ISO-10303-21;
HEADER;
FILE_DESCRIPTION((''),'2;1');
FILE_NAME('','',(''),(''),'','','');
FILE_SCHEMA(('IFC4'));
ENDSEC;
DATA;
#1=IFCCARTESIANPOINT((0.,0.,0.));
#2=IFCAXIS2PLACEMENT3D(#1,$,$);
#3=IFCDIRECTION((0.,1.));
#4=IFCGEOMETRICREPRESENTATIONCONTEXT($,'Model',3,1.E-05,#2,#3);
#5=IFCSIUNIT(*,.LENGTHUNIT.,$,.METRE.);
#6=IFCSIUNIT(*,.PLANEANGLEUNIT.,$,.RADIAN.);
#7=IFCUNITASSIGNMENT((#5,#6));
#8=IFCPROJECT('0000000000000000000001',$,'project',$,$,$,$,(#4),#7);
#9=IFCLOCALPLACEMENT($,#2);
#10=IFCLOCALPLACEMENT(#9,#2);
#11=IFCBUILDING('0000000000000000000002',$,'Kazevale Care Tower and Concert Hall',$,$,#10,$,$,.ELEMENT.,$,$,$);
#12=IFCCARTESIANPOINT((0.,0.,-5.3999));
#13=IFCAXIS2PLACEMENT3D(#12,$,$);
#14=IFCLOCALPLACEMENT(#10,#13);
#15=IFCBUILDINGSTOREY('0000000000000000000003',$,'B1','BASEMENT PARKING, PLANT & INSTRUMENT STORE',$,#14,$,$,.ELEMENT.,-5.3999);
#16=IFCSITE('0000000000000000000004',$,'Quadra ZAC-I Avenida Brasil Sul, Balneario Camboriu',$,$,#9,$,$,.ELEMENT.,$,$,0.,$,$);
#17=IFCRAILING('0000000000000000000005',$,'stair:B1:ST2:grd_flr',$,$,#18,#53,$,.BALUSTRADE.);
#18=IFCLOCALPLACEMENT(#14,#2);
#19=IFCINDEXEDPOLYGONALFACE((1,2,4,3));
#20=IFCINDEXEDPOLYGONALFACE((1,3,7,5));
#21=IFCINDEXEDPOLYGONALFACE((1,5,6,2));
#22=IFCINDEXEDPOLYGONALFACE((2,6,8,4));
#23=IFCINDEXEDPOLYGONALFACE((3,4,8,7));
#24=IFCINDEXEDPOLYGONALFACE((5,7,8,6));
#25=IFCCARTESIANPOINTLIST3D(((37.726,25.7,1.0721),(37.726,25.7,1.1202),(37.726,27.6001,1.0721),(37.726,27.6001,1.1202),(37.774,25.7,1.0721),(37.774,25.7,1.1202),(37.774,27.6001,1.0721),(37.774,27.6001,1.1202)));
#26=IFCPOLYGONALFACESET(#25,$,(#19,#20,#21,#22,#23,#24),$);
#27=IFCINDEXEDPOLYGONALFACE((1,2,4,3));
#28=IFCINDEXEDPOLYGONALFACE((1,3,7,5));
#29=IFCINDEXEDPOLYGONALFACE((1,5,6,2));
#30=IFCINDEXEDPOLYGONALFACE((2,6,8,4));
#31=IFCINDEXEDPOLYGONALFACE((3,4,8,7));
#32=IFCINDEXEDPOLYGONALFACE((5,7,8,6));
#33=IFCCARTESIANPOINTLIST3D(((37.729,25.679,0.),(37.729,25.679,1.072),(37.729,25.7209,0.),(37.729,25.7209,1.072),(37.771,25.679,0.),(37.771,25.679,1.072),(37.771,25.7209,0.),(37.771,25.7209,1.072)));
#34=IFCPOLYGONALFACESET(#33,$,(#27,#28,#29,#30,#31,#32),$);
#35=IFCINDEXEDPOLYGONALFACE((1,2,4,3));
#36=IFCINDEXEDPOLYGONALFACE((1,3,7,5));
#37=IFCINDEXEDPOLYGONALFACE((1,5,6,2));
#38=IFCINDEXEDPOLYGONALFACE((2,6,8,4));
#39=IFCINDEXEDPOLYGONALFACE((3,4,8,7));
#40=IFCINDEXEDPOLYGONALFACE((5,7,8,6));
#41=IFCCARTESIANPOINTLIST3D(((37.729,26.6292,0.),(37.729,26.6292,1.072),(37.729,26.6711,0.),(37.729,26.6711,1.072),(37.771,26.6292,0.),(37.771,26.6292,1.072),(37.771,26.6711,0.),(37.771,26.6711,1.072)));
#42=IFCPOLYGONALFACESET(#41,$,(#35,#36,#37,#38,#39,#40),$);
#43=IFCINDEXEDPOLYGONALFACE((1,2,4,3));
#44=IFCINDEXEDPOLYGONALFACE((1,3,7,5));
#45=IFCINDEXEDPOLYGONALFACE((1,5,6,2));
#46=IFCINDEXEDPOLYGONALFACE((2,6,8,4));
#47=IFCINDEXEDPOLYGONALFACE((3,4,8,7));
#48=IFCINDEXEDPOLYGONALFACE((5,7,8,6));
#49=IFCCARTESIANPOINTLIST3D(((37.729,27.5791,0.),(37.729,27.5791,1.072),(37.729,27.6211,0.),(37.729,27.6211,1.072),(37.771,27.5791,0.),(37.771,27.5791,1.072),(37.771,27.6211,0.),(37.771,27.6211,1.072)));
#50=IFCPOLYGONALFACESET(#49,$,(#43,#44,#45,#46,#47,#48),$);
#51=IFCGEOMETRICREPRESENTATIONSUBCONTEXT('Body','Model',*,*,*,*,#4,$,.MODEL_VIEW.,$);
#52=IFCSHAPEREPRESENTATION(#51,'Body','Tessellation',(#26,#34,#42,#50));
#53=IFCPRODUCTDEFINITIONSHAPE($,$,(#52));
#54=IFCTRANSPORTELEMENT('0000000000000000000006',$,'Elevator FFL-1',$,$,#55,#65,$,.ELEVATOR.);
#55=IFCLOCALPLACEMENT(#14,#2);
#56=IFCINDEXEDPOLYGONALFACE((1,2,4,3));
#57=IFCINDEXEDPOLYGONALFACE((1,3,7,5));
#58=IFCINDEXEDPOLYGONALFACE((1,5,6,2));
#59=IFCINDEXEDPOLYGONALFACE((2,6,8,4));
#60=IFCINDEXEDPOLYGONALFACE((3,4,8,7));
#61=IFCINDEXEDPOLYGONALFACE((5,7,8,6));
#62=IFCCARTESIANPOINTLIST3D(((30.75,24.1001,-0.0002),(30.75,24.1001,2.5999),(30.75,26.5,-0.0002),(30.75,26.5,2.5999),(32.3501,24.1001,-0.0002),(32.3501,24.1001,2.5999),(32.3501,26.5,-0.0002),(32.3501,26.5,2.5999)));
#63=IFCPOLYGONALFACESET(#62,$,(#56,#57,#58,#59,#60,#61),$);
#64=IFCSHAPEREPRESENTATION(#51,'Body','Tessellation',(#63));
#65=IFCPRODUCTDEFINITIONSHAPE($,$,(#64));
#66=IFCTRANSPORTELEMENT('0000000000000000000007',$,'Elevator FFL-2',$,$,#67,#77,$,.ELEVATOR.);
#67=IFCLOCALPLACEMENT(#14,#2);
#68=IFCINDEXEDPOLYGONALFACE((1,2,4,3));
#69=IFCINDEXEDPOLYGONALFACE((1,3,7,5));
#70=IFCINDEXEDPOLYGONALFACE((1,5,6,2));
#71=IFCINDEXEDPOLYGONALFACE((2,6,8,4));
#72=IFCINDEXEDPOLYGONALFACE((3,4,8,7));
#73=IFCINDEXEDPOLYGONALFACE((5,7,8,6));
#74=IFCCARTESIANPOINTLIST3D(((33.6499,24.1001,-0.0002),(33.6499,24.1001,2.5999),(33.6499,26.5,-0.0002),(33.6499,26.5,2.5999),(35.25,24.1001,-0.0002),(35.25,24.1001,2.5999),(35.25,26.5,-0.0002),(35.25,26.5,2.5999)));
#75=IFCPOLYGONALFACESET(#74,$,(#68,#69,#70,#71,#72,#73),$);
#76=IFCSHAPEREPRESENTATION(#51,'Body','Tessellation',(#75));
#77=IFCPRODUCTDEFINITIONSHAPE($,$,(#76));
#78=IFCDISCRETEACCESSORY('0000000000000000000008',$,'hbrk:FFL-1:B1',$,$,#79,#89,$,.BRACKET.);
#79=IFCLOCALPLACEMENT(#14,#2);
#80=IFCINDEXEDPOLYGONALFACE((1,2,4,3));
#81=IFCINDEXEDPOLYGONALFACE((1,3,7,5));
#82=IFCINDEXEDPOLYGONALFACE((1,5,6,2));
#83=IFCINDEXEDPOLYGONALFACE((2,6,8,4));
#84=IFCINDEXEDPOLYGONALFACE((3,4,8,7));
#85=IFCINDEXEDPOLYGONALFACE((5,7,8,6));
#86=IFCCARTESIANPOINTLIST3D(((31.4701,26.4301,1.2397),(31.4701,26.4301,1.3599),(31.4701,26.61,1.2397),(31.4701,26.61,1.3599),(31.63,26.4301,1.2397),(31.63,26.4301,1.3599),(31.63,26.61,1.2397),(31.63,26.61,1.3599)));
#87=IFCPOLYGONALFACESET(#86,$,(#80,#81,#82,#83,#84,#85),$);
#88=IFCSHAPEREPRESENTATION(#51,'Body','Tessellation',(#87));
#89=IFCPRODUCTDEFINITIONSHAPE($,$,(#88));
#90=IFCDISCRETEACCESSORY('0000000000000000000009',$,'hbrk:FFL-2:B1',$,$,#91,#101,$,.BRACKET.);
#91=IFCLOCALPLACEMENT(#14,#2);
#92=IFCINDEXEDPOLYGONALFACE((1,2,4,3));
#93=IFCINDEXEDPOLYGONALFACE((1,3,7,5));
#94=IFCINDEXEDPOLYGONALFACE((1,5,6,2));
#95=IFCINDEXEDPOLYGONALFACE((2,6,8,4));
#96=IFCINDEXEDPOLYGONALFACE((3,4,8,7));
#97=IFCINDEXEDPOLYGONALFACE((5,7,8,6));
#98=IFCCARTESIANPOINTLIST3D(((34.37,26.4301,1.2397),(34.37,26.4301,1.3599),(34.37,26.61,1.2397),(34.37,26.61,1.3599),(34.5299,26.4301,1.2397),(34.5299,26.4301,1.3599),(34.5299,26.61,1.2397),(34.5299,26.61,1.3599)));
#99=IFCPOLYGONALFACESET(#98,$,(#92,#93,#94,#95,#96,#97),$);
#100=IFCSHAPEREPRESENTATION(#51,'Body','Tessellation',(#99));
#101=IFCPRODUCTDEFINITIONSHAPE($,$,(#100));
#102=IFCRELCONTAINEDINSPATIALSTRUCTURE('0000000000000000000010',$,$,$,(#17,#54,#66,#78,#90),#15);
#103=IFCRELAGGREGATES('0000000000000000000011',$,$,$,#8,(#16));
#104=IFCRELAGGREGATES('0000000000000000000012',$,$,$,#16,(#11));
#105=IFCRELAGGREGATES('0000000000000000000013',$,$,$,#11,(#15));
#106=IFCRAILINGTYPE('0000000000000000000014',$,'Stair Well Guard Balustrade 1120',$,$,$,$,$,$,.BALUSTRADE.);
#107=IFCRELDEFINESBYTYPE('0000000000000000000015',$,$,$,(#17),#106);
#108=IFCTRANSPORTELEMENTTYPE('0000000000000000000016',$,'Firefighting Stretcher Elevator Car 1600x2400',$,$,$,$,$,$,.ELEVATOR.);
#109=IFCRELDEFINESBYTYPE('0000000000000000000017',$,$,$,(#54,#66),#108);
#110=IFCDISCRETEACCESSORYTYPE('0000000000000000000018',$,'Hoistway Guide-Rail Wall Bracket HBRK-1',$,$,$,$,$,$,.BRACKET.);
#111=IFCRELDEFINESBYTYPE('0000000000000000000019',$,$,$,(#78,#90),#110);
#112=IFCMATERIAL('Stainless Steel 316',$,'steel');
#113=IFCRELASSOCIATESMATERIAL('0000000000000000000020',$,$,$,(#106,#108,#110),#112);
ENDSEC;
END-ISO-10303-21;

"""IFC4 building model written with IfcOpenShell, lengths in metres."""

from ifc_helpers import new_model, si_unit, direction, frame, origin, origin_2d, place, context, subcontext, project, spatial, rectangle, extrude, material, type_object, element, save


model = new_model("IFC4")

# Units and contexts
model_context = context("Model", 3, precision=1e-05, world=origin(), true_north=direction((0.0, 1.0)))
body_context = subcontext(model_context, "Body", "Model", "MODEL_VIEW")
ifc_project = project(units=[si_unit("LENGTHUNIT", "METRE"), si_unit("PLANEANGLEUNIT", "RADIAN")], contexts=[model_context])

# Site, building, storey
site_placement = place(None, origin())
site = spatial("IfcSite", under=ifc_project, at=site_placement, Name="Quadra ZAC-I Avenida Brasil Sul, Balneario Camboriu", CompositionType="ELEMENT", RefElevation=0.0)
building_placement = place(site_placement, origin())
building = spatial("IfcBuilding", under=site, at=building_placement, Name="Kazevale Care Tower and Concert Hall", CompositionType="ELEMENT")
storey_placement = place(building_placement, frame((0.0, 0.0, -5.3999)))
storey = spatial("IfcBuildingStorey", under=building, at=storey_placement, Name="B1", Description="BASEMENT PARKING, PLANT & INSTRUMENT STORE", CompositionType="ELEMENT", Elevation=-5.3999)

# Shared definitions
ifc_material_1 = material(Name="Stainless Steel 316", Category="steel")

# Railing
railing_type_1 = type_object("IfcRailingType", Name="Stair Well Guard Balustrade 1120", PredefinedType="BALUSTRADE", material=ifc_material_1)
for number, where, name in (
    (1, (37.75, 25.7, 0.0), "stair:B1:ST2:grd_flr"),
):
    element("IfcRailing", number, at=place(storey_placement, frame(where)), inside=storey, type_object=railing_type_1, Name=name, PredefinedType="BALUSTRADE", context=body_context, shape_type="SweptSolid", body=[
        extrude(rectangle(XDim=0.0481, YDim=0.0481, at=origin_2d()), frame((0.0, 0.0, 1.0962), z_axis=(0.0, 1.0, 0.0), x_axis=(-1.0, 0.0, 0.0)), (0.0, 0.0, 1.0), 1.9001),
        extrude(rectangle(XDim=0.042, YDim=0.042, at=origin_2d()), origin(), (0.0, 0.0, 1.0), 1.072),
        extrude(rectangle(XDim=0.042, YDim=0.042, at=origin_2d()), frame((0.0, 0.9502, 0.0)), (0.0, 0.0, 1.0), 1.072),
        extrude(rectangle(XDim=0.042, YDim=0.042, at=origin_2d()), frame((0.0, 1.9001, 0.0)), (0.0, 0.0, 1.0), 1.072),
    ])

# Transport elements
transport_element_type = type_object("IfcTransportElementType", Name="Firefighting Stretcher Elevator Car 1600x2400", PredefinedType="ELEVATOR", material=ifc_material_1)
for number, where, z_axis, x_axis, name in (
    (2, (31.55, 25.3, -0.0002), (0.0, 0.0, 1.0), (1.0, 0.0, 0.0), "Elevator FFL-1"),
    (3, (34.45, 25.3, -0.0002), (0.0, 0.0, 1.0), (1.0, 0.0, 0.0), "Elevator FFL-2"),
):
    element("IfcTransportElement", number, at=place(storey_placement, frame(where, z_axis=z_axis, x_axis=x_axis)), inside=storey, type_object=transport_element_type, Name=name, PredefinedType="ELEVATOR", context=body_context, shape_type="SweptSolid", body=[
        extrude(rectangle(XDim=1.6001, YDim=2.3999, at=origin_2d()), origin(), (0.0, 0.0, 1.0), 2.6001),
    ])

# Discrete accessories
discrete_accessory_type = type_object("IfcDiscreteAccessoryType", Name="Hoistway Guide-Rail Wall Bracket HBRK-1", PredefinedType="BRACKET", material=ifc_material_1)
for number, where, z_axis, x_axis, name in (
    (4, (31.55, 26.52, 1.2397), (0.0, 0.0, 1.0), (1.0, 0.0, 0.0), "hbrk:FFL-1:B1"),
    (5, (34.45, 26.52, 1.2397), (0.0, 0.0, 1.0), (1.0, 0.0, 0.0), "hbrk:FFL-2:B1"),
):
    element("IfcDiscreteAccessory", number, at=place(storey_placement, frame(where, z_axis=z_axis, x_axis=x_axis)), inside=storey, type_object=discrete_accessory_type, Name=name, PredefinedType="BRACKET", context=body_context, shape_type="SweptSolid", body=[
        extrude(rectangle(XDim=0.1599, YDim=0.1799, at=origin_2d()), origin(), (0.0, 0.0, 1.0), 0.1201),
    ])

save(model, "model.ifc")
